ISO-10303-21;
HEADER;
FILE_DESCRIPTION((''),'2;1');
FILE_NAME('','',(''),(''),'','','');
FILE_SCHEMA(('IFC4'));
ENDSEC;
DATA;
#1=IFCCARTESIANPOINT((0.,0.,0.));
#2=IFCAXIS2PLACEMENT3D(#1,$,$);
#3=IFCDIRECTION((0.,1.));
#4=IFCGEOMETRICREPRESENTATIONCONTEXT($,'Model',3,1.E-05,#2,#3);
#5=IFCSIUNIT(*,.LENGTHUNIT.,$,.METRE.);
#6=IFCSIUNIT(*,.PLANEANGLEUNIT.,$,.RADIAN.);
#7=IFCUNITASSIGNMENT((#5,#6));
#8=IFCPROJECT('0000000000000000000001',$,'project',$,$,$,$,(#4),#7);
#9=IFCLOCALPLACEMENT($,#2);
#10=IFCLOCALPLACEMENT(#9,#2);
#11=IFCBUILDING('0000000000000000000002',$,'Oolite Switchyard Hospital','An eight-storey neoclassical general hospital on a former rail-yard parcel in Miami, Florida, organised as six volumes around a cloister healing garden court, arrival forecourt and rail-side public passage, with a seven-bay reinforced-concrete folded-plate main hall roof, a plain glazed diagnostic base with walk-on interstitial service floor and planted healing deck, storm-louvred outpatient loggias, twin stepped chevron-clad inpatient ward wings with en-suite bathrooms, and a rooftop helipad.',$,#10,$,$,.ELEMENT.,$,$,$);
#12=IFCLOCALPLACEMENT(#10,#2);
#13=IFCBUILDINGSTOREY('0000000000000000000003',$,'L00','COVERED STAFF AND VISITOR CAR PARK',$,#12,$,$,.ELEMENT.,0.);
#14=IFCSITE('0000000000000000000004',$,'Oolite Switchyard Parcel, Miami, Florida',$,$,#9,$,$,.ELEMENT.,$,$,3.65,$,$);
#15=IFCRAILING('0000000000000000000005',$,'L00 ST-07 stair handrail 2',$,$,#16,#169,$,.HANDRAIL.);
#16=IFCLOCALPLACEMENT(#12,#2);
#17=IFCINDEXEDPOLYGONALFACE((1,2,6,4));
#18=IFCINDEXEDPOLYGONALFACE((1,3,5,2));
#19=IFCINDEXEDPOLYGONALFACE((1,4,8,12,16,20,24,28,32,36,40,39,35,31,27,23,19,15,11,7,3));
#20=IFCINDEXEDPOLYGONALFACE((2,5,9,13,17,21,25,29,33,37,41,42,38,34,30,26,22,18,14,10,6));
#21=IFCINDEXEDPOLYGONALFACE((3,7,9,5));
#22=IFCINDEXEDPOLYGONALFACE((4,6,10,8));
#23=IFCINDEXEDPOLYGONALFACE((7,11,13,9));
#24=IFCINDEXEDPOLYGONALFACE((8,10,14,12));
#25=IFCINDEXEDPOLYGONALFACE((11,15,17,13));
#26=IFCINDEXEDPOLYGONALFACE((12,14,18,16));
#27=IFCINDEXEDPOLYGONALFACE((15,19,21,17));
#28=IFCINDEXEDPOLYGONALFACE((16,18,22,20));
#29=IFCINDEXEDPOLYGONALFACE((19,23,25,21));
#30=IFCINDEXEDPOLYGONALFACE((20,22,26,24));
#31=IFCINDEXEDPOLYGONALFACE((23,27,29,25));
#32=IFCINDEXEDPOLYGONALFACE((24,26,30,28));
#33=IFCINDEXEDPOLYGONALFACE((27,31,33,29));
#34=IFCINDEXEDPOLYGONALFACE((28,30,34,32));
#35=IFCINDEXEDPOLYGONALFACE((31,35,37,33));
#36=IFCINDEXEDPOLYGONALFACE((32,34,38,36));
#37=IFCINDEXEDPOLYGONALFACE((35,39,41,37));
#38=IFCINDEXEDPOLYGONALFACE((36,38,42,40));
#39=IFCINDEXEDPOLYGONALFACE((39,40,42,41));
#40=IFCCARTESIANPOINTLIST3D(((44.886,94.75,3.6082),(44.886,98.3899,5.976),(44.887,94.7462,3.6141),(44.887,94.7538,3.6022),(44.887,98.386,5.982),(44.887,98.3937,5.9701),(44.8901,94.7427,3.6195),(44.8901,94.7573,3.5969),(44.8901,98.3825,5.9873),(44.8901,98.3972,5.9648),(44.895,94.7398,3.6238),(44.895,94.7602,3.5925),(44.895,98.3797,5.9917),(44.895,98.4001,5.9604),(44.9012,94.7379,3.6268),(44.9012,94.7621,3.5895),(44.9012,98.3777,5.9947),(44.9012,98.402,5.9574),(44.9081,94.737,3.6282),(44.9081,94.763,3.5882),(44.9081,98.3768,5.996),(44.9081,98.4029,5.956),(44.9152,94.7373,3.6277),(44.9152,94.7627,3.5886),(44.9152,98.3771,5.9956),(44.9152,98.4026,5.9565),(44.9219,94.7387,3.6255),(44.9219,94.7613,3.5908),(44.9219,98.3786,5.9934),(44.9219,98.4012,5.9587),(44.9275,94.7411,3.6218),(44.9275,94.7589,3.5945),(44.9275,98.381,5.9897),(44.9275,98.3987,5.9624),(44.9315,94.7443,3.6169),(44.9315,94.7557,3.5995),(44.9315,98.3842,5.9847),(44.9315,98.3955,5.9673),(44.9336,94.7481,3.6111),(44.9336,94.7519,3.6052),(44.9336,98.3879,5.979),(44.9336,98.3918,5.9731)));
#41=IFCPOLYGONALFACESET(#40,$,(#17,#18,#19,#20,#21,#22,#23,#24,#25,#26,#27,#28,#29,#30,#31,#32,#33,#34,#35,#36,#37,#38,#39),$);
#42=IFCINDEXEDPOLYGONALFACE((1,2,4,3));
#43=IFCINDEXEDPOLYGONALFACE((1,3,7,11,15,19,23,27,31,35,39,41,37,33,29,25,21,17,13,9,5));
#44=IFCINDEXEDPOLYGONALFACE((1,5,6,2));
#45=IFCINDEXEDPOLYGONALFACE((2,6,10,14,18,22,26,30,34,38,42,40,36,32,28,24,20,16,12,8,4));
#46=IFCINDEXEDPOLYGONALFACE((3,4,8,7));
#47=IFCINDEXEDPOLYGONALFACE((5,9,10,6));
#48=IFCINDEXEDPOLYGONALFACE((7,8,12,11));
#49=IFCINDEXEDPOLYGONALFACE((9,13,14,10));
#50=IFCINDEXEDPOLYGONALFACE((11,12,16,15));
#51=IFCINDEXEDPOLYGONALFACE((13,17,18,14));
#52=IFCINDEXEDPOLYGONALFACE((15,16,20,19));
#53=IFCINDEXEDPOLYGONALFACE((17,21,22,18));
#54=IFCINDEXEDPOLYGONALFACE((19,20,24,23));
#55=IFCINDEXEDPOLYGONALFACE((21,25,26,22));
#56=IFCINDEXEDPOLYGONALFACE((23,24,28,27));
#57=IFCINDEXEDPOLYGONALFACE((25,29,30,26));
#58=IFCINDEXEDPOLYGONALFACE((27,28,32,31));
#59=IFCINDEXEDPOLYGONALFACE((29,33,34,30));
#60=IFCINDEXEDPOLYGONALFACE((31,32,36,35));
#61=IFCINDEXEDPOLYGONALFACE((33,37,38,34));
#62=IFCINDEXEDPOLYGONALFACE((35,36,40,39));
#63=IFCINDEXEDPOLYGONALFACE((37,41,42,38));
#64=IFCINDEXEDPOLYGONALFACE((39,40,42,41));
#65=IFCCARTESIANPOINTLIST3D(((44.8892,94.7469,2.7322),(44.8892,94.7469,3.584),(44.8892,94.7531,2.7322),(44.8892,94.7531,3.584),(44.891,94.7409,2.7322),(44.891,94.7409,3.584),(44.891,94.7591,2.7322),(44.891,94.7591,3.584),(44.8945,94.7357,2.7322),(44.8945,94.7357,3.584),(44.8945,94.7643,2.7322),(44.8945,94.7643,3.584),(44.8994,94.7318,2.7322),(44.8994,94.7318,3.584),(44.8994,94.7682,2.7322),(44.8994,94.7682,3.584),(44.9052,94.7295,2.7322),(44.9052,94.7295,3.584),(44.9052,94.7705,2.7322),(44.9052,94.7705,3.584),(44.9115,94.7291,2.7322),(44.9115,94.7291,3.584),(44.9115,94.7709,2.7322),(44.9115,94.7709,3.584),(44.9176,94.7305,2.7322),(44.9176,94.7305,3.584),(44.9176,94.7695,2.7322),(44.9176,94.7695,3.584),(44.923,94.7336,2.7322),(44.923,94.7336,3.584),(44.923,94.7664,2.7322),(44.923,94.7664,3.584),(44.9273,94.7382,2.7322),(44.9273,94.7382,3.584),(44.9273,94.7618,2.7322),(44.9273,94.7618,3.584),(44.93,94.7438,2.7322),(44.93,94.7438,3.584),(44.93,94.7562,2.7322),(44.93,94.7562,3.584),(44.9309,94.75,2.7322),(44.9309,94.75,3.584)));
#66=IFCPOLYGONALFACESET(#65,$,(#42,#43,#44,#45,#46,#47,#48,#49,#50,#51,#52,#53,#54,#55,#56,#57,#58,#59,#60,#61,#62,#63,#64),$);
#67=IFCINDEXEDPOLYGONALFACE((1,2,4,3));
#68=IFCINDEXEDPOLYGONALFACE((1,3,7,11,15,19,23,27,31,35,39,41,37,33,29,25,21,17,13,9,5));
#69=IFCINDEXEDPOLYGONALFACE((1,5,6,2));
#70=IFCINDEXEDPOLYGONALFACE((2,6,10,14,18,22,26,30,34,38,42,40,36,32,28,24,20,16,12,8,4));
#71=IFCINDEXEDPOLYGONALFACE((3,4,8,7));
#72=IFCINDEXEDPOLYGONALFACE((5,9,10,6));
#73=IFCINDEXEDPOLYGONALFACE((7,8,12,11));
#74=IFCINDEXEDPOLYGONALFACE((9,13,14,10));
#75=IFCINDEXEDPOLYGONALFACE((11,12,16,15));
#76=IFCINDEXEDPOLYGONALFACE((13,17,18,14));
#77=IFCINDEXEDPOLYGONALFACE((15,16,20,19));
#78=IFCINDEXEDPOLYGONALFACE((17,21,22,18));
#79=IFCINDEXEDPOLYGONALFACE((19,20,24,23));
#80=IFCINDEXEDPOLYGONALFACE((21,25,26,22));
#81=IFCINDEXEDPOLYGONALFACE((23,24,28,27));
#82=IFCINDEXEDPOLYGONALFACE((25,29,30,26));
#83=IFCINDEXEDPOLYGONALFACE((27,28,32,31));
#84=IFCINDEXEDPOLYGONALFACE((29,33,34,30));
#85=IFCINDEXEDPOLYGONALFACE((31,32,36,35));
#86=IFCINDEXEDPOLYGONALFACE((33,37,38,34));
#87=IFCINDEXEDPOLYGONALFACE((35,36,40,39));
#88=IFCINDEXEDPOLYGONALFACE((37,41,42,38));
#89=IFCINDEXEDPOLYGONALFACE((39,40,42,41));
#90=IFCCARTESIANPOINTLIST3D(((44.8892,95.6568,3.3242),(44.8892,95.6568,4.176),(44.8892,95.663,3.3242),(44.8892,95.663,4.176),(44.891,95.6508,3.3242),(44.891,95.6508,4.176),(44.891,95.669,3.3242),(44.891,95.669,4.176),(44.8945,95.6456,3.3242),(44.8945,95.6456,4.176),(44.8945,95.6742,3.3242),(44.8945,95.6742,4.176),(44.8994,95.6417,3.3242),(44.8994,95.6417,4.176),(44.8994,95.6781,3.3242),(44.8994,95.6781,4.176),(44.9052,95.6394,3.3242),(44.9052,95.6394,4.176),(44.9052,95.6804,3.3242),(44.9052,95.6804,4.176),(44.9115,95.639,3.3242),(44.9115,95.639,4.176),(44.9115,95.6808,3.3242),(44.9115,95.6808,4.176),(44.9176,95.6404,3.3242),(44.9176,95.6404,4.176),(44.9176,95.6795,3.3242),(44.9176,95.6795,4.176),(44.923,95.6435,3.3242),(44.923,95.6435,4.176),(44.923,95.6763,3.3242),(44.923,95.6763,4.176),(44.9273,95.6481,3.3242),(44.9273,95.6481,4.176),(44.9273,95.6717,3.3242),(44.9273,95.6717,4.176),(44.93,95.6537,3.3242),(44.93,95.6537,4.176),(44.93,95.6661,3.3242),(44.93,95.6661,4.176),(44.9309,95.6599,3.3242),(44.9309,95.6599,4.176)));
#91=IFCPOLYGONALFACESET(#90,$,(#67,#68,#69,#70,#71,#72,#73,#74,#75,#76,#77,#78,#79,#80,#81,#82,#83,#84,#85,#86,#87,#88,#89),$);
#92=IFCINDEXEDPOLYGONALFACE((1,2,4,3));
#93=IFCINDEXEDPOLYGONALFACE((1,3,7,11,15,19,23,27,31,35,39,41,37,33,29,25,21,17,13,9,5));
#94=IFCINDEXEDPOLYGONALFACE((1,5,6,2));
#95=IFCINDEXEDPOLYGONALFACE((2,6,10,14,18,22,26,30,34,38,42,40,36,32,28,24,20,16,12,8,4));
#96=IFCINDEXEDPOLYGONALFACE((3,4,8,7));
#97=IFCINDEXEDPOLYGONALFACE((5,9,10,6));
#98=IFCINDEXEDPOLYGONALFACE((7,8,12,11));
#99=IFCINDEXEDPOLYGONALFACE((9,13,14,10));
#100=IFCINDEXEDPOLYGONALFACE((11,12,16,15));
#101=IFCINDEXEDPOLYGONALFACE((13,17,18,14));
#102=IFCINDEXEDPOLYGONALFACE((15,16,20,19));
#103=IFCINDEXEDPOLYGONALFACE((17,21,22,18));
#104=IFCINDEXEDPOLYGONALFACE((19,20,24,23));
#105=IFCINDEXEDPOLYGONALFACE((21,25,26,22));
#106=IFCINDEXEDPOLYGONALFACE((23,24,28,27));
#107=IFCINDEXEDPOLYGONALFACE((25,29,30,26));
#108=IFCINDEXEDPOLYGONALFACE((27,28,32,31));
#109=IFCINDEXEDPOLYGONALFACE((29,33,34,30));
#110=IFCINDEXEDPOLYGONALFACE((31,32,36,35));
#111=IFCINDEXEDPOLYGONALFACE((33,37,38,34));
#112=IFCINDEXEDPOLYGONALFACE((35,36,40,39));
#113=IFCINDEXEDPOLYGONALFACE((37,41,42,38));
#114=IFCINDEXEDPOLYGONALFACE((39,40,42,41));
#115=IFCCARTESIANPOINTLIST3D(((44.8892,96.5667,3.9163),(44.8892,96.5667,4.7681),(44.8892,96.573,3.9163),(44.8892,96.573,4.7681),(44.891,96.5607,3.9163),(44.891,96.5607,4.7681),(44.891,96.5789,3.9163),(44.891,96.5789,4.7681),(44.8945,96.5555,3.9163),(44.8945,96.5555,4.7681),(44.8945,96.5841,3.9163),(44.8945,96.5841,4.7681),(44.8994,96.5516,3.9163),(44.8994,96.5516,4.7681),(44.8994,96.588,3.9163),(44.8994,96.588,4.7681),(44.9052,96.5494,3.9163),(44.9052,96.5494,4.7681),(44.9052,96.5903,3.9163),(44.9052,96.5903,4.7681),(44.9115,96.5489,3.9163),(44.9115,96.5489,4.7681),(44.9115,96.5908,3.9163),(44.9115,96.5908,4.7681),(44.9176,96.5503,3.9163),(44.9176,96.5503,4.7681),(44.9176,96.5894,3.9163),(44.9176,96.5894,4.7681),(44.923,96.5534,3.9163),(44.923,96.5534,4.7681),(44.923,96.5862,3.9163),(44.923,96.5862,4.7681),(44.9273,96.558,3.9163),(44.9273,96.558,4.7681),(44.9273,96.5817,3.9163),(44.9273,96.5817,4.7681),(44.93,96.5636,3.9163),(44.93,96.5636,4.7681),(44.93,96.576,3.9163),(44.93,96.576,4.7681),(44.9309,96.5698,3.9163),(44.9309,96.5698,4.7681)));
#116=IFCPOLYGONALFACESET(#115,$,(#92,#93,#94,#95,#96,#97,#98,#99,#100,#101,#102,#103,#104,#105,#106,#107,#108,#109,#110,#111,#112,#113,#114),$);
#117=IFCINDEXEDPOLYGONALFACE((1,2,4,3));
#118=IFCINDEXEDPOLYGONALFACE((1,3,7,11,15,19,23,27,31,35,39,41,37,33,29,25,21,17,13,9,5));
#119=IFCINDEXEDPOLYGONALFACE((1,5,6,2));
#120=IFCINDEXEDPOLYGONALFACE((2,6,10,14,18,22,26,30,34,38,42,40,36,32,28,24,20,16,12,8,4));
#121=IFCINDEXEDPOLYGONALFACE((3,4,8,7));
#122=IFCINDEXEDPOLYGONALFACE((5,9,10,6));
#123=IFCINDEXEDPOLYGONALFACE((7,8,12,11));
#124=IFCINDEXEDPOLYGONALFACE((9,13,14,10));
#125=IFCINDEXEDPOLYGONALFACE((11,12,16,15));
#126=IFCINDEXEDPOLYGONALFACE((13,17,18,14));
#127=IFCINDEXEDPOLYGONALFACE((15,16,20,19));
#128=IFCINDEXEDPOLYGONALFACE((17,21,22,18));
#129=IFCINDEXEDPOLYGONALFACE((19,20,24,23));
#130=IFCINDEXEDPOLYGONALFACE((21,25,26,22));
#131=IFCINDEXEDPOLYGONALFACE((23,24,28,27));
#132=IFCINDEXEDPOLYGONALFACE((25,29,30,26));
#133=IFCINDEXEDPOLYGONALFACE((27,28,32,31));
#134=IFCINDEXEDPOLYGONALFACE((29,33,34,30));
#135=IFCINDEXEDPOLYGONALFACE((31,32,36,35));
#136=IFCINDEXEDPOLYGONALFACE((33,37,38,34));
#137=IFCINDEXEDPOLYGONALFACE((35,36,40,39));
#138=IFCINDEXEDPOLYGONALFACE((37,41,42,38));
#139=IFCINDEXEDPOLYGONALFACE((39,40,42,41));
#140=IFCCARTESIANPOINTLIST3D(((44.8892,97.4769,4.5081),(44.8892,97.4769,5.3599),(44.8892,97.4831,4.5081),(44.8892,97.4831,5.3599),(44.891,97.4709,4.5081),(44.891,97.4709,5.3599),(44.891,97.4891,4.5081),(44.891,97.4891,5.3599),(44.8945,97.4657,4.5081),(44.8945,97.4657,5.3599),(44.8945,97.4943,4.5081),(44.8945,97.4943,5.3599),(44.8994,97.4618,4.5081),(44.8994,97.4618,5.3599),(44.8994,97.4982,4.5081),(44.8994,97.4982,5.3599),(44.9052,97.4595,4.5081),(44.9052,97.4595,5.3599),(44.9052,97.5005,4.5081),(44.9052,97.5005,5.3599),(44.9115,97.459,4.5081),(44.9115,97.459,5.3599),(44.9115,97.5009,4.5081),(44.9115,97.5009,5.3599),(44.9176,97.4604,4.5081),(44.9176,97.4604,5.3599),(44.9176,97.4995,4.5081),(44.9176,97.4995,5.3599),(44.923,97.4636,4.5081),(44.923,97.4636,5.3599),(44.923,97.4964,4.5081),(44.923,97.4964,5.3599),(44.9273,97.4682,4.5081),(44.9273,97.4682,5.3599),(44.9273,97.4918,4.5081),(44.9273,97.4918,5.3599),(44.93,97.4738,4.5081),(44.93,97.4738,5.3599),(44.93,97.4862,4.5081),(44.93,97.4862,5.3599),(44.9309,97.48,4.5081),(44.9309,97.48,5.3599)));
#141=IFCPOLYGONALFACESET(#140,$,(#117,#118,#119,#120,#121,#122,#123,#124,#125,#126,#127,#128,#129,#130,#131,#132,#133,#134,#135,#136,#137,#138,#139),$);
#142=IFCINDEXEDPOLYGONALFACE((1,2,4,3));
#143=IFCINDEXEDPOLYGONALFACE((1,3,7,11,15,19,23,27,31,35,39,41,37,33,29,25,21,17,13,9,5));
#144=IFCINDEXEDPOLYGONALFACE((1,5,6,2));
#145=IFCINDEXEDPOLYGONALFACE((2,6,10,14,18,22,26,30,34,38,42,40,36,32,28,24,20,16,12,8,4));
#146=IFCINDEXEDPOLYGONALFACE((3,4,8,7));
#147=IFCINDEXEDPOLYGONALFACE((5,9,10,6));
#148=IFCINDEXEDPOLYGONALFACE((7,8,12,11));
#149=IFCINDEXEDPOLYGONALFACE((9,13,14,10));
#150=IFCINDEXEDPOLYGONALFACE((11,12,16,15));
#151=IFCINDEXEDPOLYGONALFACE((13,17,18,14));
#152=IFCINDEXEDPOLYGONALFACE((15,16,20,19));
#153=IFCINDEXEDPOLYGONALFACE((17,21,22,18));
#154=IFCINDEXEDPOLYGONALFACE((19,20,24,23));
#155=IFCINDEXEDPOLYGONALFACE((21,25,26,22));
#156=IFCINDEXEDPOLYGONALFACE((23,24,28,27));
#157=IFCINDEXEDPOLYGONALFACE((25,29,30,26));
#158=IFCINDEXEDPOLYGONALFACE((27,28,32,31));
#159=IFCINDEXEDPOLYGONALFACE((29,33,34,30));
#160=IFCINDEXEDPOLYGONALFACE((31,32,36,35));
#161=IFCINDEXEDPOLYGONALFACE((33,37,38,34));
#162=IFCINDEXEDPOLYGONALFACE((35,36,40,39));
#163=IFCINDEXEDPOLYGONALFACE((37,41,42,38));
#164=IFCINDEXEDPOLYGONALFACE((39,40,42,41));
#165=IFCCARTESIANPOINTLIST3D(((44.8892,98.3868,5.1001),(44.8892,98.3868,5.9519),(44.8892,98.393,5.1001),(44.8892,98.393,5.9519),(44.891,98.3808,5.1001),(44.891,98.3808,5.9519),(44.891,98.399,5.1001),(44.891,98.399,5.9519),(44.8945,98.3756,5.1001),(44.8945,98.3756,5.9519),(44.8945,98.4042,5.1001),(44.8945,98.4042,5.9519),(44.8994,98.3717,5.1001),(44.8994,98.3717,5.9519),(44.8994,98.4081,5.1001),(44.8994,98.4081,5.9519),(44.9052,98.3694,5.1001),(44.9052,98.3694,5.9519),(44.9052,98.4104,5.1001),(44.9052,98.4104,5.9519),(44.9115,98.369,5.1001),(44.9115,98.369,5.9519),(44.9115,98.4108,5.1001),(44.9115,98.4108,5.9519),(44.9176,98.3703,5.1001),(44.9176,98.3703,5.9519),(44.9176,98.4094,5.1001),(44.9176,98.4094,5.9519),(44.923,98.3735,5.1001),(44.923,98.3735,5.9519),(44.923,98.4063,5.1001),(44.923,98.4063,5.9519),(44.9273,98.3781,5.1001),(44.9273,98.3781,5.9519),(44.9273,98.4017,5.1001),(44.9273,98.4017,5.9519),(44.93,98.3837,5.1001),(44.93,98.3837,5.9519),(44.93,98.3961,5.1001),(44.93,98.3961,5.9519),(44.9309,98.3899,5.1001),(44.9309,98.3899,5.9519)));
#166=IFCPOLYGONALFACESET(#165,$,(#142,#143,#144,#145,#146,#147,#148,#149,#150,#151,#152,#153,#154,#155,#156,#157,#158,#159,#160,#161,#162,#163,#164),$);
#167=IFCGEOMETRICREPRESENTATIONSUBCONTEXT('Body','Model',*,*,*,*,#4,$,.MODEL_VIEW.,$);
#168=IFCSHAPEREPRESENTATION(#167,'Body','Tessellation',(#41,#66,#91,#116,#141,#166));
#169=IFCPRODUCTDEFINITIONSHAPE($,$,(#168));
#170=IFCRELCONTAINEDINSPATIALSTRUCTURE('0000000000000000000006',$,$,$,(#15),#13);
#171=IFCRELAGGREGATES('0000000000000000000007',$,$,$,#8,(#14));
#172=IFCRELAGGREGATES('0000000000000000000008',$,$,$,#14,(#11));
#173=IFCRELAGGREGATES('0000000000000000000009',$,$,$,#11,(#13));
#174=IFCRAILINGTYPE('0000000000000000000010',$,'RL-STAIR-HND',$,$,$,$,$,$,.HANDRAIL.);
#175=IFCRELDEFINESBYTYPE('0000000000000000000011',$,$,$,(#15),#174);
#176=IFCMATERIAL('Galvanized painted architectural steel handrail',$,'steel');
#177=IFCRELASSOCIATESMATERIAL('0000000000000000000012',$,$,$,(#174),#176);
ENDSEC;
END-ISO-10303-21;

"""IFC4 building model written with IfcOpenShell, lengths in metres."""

from ifc_helpers import new_model, si_unit, direction, frame, origin, origin_2d, place, context, subcontext, project, spatial, circle, extrude, material, type_object, element, save


model = new_model("IFC4")

# Units and contexts
model_context = context("Model", 3, precision=1e-05, world=origin(), true_north=direction((0.0, 1.0)))
body_context = subcontext(model_context, "Body", "Model", "MODEL_VIEW")
ifc_project = project(units=[si_unit("LENGTHUNIT", "METRE"), si_unit("PLANEANGLEUNIT", "RADIAN")], contexts=[model_context])

# Site, building, storey
site_placement = place(None, origin())
site = spatial("IfcSite", under=ifc_project, at=site_placement, Name="Oolite Switchyard Parcel, Miami, Florida", CompositionType="ELEMENT", RefElevation=3.65)
building_placement = place(site_placement, origin())
building = spatial("IfcBuilding", under=site, at=building_placement, Name="Oolite Switchyard Hospital", Description="An eight-storey neoclassical general hospital on a former rail-yard parcel in Miami, Florida, organised as six volumes around a cloister healing garden court, arrival forecourt and rail-side public passage, with a seven-bay reinforced-concrete folded-plate main hall roof, a plain glazed diagnostic base with walk-on interstitial service floor and planted healing deck, storm-louvred outpatient loggias, twin stepped chevron-clad inpatient ward wings with en-suite bathrooms, and a rooftop helipad.", CompositionType="ELEMENT")
storey_placement = place(building_placement, origin())
storey = spatial("IfcBuildingStorey", under=building, at=storey_placement, Name="L00", Description="COVERED STAFF AND VISITOR CAR PARK", CompositionType="ELEMENT", Elevation=0.0)

# Railing
ifc_material_1 = material(Name="Galvanized painted architectural steel handrail", Category="steel")
railing_type = type_object("IfcRailingType", Name="RL-STAIR-HND", PredefinedType="HANDRAIL", material=ifc_material_1)
railing_placement = place(storey_placement, frame((44.9099, 94.75, 2.7322)))
element("IfcRailing", 1, at=railing_placement, inside=storey, type_object=railing_type, Name="L00 ST-07 stair handrail 2", PredefinedType="HANDRAIL", context=body_context, shape_type="SweptSolid", body=[
    extrude(circle(Radius=0.0239, at=origin_2d()), frame((0.0, 0.0, 0.876), z_axis=(0.0, 0.838234, 0.54531), x_axis=(-1.0, 0.0, 0.0)), (0.0, 0.0, 1.0), 4.3423),
    extrude(circle(Radius=0.021, at=origin_2d()), origin(), (0.0, 0.0, 1.0), 0.8518),
    extrude(circle(Radius=0.021, at=origin_2d()), frame((0.0, 0.9099, 0.592)), (0.0, 0.0, 1.0), 0.8518),
    extrude(circle(Radius=0.021, at=origin_2d()), frame((0.0, 1.8198, 1.1841)), (0.0, 0.0, 1.0), 0.8518),
    extrude(circle(Radius=0.021, at=origin_2d()), frame((0.0, 2.73, 1.7759)), (0.0, 0.0, 1.0), 0.8518),
    extrude(circle(Radius=0.021, at=origin_2d()), frame((0.0, 3.6399, 2.3679)), (0.0, 0.0, 1.0), 0.8518),
])

save(model, "model.ifc")
